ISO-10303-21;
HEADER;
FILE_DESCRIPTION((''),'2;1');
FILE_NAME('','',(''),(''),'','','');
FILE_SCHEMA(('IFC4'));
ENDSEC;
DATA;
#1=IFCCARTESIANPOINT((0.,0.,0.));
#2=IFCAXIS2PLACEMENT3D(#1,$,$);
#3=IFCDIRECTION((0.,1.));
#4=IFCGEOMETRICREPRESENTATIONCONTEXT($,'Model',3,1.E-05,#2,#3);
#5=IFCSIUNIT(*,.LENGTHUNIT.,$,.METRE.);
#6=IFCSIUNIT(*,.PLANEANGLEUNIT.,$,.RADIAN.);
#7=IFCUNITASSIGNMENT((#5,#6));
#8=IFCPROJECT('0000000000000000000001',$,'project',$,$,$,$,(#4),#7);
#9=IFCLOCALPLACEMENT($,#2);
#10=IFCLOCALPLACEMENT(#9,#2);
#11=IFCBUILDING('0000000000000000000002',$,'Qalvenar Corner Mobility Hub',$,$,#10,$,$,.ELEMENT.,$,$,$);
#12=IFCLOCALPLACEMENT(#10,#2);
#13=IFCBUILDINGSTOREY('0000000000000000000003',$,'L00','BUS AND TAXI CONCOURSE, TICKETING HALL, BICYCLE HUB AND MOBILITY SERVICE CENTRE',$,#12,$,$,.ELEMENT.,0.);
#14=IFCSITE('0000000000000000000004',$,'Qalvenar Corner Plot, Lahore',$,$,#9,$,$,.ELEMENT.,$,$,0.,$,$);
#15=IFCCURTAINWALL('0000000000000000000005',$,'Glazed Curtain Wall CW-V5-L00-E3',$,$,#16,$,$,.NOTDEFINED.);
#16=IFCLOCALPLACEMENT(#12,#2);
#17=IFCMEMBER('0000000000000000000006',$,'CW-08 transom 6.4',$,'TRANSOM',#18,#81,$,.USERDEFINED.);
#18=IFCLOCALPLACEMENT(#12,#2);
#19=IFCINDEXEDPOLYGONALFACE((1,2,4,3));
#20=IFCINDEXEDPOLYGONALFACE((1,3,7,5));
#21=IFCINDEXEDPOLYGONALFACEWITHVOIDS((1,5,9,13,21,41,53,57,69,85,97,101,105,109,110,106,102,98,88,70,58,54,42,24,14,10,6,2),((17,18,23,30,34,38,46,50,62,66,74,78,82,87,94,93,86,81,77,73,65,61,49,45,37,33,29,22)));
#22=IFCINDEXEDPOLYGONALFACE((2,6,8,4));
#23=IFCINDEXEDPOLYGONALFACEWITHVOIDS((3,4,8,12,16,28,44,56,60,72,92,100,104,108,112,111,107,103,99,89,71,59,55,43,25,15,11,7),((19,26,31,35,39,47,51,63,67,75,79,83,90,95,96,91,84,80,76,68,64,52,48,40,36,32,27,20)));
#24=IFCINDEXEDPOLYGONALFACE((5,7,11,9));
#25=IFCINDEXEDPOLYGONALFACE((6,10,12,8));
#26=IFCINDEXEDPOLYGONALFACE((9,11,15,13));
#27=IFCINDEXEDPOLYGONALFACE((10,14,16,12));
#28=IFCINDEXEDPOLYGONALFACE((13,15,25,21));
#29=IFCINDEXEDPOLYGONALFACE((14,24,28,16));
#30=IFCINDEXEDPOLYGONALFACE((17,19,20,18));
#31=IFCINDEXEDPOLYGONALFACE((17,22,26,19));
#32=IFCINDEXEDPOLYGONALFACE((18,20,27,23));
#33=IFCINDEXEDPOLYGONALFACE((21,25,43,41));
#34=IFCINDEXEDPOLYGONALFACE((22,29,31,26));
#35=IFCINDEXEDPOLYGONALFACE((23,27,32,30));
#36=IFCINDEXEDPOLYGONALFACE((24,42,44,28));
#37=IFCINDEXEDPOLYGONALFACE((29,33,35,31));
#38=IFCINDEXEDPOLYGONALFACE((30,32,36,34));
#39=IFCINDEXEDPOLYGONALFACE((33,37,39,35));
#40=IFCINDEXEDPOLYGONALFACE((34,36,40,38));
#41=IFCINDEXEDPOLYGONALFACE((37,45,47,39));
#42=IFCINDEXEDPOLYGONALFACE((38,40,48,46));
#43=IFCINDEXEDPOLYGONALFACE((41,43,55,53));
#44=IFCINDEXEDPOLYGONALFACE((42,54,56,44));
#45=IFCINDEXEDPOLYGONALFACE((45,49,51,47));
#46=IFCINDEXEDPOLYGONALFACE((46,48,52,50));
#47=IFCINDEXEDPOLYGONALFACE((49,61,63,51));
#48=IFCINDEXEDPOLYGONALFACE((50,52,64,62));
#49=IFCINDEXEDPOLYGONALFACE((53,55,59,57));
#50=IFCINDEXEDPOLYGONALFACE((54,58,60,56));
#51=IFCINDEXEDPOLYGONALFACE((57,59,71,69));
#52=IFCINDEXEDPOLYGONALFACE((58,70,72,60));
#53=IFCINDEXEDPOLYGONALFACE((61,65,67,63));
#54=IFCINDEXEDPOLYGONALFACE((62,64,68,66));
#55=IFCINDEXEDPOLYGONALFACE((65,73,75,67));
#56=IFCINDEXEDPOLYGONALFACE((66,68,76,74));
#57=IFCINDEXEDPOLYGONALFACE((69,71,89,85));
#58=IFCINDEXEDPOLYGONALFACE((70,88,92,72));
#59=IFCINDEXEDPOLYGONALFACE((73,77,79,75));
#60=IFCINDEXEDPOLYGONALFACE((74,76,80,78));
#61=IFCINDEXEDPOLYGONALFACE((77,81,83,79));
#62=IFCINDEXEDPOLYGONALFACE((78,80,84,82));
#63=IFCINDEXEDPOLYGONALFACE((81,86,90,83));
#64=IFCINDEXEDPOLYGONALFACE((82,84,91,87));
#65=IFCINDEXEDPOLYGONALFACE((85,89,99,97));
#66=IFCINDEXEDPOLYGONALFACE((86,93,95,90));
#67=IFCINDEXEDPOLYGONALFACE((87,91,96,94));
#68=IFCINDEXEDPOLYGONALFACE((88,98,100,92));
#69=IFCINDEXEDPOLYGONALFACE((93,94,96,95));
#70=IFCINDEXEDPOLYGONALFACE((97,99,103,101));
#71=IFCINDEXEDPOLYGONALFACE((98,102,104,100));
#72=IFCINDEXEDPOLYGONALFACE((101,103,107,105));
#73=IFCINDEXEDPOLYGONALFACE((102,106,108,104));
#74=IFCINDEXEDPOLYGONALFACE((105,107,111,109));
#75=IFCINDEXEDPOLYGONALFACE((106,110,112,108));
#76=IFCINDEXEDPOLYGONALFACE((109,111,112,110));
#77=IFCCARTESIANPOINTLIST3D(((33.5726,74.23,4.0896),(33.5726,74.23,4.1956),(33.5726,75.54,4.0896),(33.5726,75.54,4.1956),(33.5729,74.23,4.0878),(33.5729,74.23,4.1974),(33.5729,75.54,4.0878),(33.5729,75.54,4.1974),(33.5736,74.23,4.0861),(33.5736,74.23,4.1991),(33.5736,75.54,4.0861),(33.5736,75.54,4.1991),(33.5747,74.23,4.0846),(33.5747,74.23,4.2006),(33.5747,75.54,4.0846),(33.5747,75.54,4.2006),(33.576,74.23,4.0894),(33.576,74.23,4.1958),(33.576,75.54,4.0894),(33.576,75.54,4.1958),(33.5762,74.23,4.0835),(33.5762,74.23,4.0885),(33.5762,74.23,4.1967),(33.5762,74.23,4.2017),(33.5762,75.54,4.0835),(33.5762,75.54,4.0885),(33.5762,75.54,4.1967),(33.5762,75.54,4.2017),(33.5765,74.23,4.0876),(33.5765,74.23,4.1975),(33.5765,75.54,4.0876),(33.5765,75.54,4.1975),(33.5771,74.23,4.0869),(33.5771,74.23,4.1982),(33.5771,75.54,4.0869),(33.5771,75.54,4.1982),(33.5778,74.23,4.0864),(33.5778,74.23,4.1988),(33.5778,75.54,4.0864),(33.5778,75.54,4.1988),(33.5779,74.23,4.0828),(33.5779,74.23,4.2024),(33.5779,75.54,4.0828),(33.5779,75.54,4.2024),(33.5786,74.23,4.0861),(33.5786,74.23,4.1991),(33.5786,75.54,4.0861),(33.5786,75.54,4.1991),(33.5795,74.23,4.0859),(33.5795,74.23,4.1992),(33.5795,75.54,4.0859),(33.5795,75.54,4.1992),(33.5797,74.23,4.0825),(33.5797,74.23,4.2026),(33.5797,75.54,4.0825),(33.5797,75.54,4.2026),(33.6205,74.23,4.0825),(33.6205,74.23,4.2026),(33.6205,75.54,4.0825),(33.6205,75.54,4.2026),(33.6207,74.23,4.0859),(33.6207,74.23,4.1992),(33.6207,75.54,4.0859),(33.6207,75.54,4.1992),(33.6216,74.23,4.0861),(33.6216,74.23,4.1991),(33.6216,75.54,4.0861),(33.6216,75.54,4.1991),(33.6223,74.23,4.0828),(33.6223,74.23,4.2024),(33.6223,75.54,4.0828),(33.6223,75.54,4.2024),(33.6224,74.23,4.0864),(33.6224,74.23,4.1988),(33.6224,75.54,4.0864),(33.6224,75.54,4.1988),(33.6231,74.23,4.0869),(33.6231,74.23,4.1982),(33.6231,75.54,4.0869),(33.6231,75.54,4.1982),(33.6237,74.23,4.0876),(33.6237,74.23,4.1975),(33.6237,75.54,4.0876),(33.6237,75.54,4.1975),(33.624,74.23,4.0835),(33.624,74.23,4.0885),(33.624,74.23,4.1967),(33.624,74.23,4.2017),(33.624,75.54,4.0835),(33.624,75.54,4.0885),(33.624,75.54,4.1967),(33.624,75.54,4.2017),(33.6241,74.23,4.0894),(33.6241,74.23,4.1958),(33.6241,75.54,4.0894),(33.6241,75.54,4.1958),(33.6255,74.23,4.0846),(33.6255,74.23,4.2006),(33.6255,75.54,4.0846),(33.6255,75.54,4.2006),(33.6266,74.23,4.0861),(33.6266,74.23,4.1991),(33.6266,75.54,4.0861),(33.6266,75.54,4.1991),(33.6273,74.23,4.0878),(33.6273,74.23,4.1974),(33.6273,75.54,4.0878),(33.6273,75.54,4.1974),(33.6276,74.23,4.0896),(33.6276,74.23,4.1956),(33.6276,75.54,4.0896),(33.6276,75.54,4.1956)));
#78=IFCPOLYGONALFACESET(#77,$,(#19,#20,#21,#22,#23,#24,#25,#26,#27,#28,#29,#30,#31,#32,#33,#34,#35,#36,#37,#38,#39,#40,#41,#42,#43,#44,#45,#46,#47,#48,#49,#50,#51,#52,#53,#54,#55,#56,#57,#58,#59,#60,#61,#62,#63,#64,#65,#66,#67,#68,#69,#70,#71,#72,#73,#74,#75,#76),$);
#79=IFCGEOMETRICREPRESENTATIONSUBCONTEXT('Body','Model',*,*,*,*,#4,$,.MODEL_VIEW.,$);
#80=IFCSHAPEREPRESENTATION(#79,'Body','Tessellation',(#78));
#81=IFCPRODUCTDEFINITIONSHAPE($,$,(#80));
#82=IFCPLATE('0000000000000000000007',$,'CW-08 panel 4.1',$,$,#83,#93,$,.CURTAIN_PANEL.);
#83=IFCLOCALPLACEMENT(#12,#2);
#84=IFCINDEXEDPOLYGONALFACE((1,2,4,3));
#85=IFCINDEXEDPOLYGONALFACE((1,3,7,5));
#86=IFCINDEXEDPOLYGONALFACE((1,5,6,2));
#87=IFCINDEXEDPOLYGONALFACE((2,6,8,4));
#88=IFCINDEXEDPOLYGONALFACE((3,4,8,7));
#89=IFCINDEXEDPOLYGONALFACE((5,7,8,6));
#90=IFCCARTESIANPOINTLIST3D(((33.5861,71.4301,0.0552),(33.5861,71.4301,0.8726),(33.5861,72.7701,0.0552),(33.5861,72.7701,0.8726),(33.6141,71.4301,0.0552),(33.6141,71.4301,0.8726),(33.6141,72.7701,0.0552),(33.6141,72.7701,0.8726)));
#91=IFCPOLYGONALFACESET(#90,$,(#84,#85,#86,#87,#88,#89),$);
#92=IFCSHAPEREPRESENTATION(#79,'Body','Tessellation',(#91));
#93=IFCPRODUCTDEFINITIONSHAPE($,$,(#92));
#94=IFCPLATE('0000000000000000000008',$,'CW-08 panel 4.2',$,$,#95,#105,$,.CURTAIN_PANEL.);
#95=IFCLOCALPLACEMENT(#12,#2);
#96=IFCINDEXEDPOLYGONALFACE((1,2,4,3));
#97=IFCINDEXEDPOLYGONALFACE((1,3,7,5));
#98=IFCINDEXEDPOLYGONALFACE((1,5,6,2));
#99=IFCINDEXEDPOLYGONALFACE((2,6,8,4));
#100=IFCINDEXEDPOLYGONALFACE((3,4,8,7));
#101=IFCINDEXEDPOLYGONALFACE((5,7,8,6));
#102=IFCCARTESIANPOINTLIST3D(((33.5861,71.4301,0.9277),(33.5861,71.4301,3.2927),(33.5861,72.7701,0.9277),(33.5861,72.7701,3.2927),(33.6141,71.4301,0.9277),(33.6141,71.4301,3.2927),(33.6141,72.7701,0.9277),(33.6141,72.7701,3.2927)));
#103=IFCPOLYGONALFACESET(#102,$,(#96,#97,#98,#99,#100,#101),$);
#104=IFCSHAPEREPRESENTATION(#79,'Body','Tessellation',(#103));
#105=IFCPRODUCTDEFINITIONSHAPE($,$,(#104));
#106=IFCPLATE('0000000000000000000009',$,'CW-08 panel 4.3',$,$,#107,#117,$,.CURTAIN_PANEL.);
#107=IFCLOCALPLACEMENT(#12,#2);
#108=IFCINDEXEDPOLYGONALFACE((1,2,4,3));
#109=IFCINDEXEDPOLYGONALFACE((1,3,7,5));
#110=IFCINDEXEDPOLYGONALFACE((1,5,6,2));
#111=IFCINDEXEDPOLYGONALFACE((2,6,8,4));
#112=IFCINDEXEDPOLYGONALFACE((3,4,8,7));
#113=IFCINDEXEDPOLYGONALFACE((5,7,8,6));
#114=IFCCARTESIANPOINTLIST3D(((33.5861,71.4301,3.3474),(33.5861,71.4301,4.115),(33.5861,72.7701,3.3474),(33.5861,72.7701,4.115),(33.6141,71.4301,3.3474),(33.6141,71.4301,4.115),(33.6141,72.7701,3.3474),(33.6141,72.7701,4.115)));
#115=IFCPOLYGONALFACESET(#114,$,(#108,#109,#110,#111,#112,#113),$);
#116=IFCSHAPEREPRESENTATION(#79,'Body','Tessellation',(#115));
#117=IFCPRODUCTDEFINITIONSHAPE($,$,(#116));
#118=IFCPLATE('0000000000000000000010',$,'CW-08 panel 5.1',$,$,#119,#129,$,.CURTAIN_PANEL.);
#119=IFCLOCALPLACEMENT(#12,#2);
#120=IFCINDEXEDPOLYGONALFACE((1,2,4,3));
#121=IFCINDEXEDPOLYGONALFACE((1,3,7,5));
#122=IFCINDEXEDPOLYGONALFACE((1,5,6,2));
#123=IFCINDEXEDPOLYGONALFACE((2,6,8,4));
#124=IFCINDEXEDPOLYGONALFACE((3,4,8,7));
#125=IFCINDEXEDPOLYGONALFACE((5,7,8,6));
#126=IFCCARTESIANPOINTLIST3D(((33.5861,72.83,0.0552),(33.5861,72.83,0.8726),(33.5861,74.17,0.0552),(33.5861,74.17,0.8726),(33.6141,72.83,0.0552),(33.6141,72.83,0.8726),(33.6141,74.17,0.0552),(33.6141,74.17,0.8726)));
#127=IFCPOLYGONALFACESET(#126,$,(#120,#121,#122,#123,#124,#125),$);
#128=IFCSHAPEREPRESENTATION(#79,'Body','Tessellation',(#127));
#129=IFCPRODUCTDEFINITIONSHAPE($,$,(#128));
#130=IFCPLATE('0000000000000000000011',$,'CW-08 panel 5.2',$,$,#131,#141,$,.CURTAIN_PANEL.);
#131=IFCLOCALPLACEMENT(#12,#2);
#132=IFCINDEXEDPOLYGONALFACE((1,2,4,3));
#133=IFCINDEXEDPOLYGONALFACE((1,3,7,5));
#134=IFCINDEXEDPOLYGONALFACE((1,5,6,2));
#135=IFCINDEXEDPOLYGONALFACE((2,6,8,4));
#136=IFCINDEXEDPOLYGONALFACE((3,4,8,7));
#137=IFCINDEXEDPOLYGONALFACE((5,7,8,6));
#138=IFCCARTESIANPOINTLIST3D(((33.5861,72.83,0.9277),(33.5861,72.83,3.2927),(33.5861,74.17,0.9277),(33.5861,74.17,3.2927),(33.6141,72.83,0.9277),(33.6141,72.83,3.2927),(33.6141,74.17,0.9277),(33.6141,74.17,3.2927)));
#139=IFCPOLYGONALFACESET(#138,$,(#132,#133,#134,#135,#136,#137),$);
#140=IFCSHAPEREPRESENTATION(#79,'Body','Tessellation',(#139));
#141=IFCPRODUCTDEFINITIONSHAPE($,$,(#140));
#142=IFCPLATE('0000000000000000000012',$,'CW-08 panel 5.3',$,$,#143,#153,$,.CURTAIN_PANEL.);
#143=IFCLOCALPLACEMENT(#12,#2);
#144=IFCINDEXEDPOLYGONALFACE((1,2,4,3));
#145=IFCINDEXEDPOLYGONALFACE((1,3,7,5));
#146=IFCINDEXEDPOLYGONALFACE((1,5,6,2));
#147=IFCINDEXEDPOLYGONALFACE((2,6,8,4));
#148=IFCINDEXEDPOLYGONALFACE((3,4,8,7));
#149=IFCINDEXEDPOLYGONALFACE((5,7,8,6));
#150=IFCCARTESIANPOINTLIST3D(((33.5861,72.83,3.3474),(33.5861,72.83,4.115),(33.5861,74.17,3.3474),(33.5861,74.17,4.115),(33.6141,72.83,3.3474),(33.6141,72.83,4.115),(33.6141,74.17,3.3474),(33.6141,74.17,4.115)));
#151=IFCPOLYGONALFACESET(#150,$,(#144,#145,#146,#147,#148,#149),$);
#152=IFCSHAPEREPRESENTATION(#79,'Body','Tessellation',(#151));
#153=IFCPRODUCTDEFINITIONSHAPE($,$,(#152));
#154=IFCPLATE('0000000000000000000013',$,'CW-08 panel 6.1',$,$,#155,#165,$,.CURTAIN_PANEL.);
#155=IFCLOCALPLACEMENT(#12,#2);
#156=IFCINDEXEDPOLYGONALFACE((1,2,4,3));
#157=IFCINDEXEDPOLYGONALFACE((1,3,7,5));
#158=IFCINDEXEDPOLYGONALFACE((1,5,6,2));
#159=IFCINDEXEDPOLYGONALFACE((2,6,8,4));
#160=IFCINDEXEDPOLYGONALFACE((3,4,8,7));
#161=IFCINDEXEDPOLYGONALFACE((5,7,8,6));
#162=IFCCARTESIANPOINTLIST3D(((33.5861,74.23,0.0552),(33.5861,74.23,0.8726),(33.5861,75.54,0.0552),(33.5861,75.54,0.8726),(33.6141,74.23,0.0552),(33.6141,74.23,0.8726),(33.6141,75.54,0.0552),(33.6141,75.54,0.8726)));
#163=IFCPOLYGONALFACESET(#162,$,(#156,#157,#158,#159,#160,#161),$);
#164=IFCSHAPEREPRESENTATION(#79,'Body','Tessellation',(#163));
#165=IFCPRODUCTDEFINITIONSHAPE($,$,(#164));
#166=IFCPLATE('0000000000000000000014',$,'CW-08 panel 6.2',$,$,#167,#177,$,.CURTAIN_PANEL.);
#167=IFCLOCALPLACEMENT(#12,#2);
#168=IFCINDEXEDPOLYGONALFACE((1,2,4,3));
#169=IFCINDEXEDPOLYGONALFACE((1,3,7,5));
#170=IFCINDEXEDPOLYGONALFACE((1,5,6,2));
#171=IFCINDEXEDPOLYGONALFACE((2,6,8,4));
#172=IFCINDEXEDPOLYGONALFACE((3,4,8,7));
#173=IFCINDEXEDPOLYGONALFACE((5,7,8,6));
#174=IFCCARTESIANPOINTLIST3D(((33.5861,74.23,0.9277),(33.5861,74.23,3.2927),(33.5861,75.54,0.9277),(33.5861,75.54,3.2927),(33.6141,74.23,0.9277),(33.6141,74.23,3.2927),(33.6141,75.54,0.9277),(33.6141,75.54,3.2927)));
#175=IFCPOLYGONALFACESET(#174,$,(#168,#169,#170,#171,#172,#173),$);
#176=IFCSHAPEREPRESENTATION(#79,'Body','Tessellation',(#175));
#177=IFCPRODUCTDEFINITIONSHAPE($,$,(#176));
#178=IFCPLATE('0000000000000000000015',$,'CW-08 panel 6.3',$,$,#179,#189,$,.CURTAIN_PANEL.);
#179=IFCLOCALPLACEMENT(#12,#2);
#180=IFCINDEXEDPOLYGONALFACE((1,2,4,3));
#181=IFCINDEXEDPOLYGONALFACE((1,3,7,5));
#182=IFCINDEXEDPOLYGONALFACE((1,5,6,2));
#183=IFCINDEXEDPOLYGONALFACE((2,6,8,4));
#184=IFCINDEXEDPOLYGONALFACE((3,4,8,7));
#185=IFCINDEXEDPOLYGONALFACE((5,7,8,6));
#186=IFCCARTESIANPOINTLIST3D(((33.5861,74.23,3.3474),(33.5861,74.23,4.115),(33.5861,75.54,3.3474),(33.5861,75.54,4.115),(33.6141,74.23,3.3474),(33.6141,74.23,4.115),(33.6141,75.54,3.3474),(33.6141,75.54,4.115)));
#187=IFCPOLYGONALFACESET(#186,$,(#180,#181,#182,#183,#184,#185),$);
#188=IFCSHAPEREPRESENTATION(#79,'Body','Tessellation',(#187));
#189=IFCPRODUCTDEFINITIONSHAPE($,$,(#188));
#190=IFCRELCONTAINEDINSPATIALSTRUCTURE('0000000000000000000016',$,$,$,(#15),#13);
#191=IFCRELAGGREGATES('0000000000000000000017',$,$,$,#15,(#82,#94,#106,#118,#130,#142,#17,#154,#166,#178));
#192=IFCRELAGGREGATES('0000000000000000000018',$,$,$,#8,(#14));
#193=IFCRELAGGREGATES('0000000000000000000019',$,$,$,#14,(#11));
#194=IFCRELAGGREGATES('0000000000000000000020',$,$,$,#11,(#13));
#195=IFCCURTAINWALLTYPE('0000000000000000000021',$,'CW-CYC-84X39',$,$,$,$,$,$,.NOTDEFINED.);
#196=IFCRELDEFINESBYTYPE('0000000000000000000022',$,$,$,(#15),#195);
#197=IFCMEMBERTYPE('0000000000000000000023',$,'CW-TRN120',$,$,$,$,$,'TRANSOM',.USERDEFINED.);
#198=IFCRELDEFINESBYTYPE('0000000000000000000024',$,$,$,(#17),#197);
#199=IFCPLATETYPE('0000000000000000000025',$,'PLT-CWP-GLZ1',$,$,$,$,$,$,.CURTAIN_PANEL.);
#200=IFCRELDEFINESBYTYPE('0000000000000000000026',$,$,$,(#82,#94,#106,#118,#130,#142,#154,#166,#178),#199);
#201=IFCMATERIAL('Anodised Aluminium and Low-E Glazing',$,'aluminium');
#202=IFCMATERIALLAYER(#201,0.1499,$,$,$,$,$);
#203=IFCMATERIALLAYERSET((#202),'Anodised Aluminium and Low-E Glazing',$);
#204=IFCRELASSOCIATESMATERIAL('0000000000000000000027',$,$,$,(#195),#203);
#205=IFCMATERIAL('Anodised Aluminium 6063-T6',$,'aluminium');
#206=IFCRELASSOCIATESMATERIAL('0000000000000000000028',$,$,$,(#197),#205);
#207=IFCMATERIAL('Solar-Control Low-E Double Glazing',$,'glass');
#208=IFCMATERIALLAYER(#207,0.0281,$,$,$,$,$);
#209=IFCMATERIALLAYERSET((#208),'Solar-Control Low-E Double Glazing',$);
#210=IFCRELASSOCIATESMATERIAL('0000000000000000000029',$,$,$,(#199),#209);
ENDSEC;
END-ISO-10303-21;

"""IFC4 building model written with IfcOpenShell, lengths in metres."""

from ifc_helpers import new_model, si_unit, direction, frame, origin, origin_2d, place, context, subcontext, project, spatial, rectangle, hollow_rectangle, extrude, material, layer, layer_set, material_profile, profile_set, type_object, element, aggregate, save


model = new_model("IFC4")

# Units and contexts
model_context = context("Model", 3, precision=1e-05, world=origin(), true_north=direction((0.0, 1.0)))
body_context = subcontext(model_context, "Body", "Model", "MODEL_VIEW")
ifc_project = project(units=[si_unit("LENGTHUNIT", "METRE"), si_unit("PLANEANGLEUNIT", "RADIAN")], contexts=[model_context])

# Site, building, storey
site_placement = place(None, origin())
site = spatial("IfcSite", under=ifc_project, at=site_placement, Name="Qalvenar Corner Plot, Lahore", CompositionType="ELEMENT", RefElevation=0.0)
building_placement = place(site_placement, origin())
building = spatial("IfcBuilding", under=site, at=building_placement, Name="Qalvenar Corner Mobility Hub", CompositionType="ELEMENT")
storey_placement = place(building_placement, origin())
storey = spatial("IfcBuildingStorey", under=building, at=storey_placement, Name="L00", Description="BUS AND TAXI CONCOURSE, TICKETING HALL, BICYCLE HUB AND MOBILITY SERVICE CENTRE", CompositionType="ELEMENT", Elevation=0.0)

# Curtain wall, member, plates
ifc_material_1 = material(Name="Anodised Aluminium and Low-E Glazing", Category="aluminium")
ifc_layer_1 = layer(ifc_material_1, 0.1499)
ifc_layer_set_1 = layer_set([ifc_layer_1], Name="Anodised Aluminium and Low-E Glazing")
curtain_wall_type = type_object("IfcCurtainWallType", Name="CW-CYC-84X39", PredefinedType="NOTDEFINED", material=ifc_layer_set_1)
curtain_wall_placement = place(storey_placement, origin())
curtain_wall = element("IfcCurtainWall", 1, at=curtain_wall_placement, inside=storey, type_object=curtain_wall_type, Name="Glazed Curtain Wall CW-V5-L00-E3", PredefinedType="NOTDEFINED")
ifc_material_2 = material(Name="Anodised Aluminium 6063-T6", Category="aluminium")
ifc_material_profile_1 = material_profile(ifc_material_2, hollow_rectangle(XDim=0.0549, YDim=0.1201, WallThickness=0.0034, InnerFilletRadius=0.0034, OuterFilletRadius=0.0071, at=origin_2d()), Name="RHS120x55x3.5")
ifc_profile_set_1 = profile_set([ifc_material_profile_1], Name="Anodised Aluminium 6063-T6")
member_type_1 = type_object("IfcMemberType", Name="CW-TRN120", ElementType="TRANSOM", PredefinedType="USERDEFINED", material=ifc_profile_set_1)
member_1_placement = place(storey_placement, frame((33.6001, 74.23, 4.1426), z_axis=(0.0, 1.0, 0.0), x_axis=(-1.0, 0.0, 0.0)))
member_1 = element("IfcMember", 2, at=member_1_placement, type_object=member_type_1, Name="CW-08 transom 6.4", ObjectType="TRANSOM", PredefinedType="USERDEFINED", context=body_context, shape_type="SweptSolid", body=[
    extrude(hollow_rectangle(XDim=0.0549, YDim=0.1201, WallThickness=0.0034, InnerFilletRadius=0.0034, OuterFilletRadius=0.0071, at=origin_2d()), origin(), (0.0, 0.0, 1.0), 1.3101),
])
ifc_material_3 = material(Name="Solar-Control Low-E Double Glazing", Category="glass")
ifc_layer_2 = layer(ifc_material_3, 0.0281)
ifc_layer_set_2 = layer_set([ifc_layer_2], Name="Solar-Control Low-E Double Glazing")
plate_type = type_object("IfcPlateType", Name="PLT-CWP-GLZ1", PredefinedType="CURTAIN_PANEL", material=ifc_layer_set_2)
plate_1_placement = place(storey_placement, frame((33.6001, 72.1001, 0.0552), z_axis=(0.0, 0.0, 1.0), x_axis=(0.0, 1.0, 0.0)))
plate_1 = element("IfcPlate", 3, at=plate_1_placement, type_object=plate_type, Name="CW-08 panel 4.1", PredefinedType="CURTAIN_PANEL", context=body_context, shape_type="SweptSolid", body=[
    extrude(rectangle(XDim=1.3401, YDim=0.0281, at=origin_2d()), origin(), (0.0, 0.0, 1.0), 0.8174),
])
plate_2_placement = place(storey_placement, frame((33.6001, 72.1001, 0.9277), z_axis=(0.0, 0.0, 1.0), x_axis=(0.0, 1.0, 0.0)))
plate_2 = element("IfcPlate", 4, at=plate_2_placement, type_object=plate_type, Name="CW-08 panel 4.2", PredefinedType="CURTAIN_PANEL", context=body_context, shape_type="SweptSolid", body=[
    extrude(rectangle(XDim=1.3401, YDim=0.0281, at=origin_2d()), origin(), (0.0, 0.0, 1.0), 2.365),
])
plate_3_placement = place(storey_placement, frame((33.6001, 72.1001, 3.3474), z_axis=(0.0, 0.0, 1.0), x_axis=(0.0, 1.0, 0.0)))
plate_3 = element("IfcPlate", 5, at=plate_3_placement, type_object=plate_type, Name="CW-08 panel 4.3", PredefinedType="CURTAIN_PANEL", context=body_context, shape_type="SweptSolid", body=[
    extrude(rectangle(XDim=1.3401, YDim=0.0281, at=origin_2d()), origin(), (0.0, 0.0, 1.0), 0.7676),
])
plate_4_placement = place(storey_placement, frame((33.6001, 73.5, 0.0552), z_axis=(0.0, 0.0, 1.0), x_axis=(0.0, 1.0, 0.0)))
plate_4 = element("IfcPlate", 6, at=plate_4_placement, type_object=plate_type, Name="CW-08 panel 5.1", PredefinedType="CURTAIN_PANEL", context=body_context, shape_type="SweptSolid", body=[
    extrude(rectangle(XDim=1.3401, YDim=0.0281, at=origin_2d()), origin(), (0.0, 0.0, 1.0), 0.8174),
])
plate_5_placement = place(storey_placement, frame((33.6001, 73.5, 0.9277), z_axis=(0.0, 0.0, 1.0), x_axis=(0.0, 1.0, 0.0)))
plate_5 = element("IfcPlate", 7, at=plate_5_placement, type_object=plate_type, Name="CW-08 panel 5.2", PredefinedType="CURTAIN_PANEL", context=body_context, shape_type="SweptSolid", body=[
    extrude(rectangle(XDim=1.3401, YDim=0.0281, at=origin_2d()), origin(), (0.0, 0.0, 1.0), 2.365),
])
plate_6_placement = place(storey_placement, frame((33.6001, 73.5, 3.3474), z_axis=(0.0, 0.0, 1.0), x_axis=(0.0, 1.0, 0.0)))
plate_6 = element("IfcPlate", 8, at=plate_6_placement, type_object=plate_type, Name="CW-08 panel 5.3", PredefinedType="CURTAIN_PANEL", context=body_context, shape_type="SweptSolid", body=[
    extrude(rectangle(XDim=1.3401, YDim=0.0281, at=origin_2d()), origin(), (0.0, 0.0, 1.0), 0.7676),
])
plate_7_placement = place(storey_placement, frame((33.6001, 74.885, 0.0552), z_axis=(0.0, 0.0, 1.0), x_axis=(0.0, 1.0, 0.0)))
plate_7 = element("IfcPlate", 9, at=plate_7_placement, type_object=plate_type, Name="CW-08 panel 6.1", PredefinedType="CURTAIN_PANEL", context=body_context, shape_type="SweptSolid", body=[
    extrude(rectangle(XDim=1.3101, YDim=0.0281, at=origin_2d()), origin(), (0.0, 0.0, 1.0), 0.8174),
])
plate_8_placement = place(storey_placement, frame((33.6001, 74.885, 0.9277), z_axis=(0.0, 0.0, 1.0), x_axis=(0.0, 1.0, 0.0)))
plate_8 = element("IfcPlate", 10, at=plate_8_placement, type_object=plate_type, Name="CW-08 panel 6.2", PredefinedType="CURTAIN_PANEL", context=body_context, shape_type="SweptSolid", body=[
    extrude(rectangle(XDim=1.3101, YDim=0.0281, at=origin_2d()), origin(), (0.0, 0.0, 1.0), 2.365),
])
plate_9_placement = place(storey_placement, frame((33.6001, 74.885, 3.3474), z_axis=(0.0, 0.0, 1.0), x_axis=(0.0, 1.0, 0.0)))
plate_9 = element("IfcPlate", 11, at=plate_9_placement, type_object=plate_type, Name="CW-08 panel 6.3", PredefinedType="CURTAIN_PANEL", context=body_context, shape_type="SweptSolid", body=[
    extrude(rectangle(XDim=1.3101, YDim=0.0281, at=origin_2d()), origin(), (0.0, 0.0, 1.0), 0.7676),
])
aggregate(curtain_wall, [plate_1, plate_2, plate_3, plate_4, plate_5, plate_6, member_1, plate_7, plate_8, plate_9])

save(model, "model.ifc")
